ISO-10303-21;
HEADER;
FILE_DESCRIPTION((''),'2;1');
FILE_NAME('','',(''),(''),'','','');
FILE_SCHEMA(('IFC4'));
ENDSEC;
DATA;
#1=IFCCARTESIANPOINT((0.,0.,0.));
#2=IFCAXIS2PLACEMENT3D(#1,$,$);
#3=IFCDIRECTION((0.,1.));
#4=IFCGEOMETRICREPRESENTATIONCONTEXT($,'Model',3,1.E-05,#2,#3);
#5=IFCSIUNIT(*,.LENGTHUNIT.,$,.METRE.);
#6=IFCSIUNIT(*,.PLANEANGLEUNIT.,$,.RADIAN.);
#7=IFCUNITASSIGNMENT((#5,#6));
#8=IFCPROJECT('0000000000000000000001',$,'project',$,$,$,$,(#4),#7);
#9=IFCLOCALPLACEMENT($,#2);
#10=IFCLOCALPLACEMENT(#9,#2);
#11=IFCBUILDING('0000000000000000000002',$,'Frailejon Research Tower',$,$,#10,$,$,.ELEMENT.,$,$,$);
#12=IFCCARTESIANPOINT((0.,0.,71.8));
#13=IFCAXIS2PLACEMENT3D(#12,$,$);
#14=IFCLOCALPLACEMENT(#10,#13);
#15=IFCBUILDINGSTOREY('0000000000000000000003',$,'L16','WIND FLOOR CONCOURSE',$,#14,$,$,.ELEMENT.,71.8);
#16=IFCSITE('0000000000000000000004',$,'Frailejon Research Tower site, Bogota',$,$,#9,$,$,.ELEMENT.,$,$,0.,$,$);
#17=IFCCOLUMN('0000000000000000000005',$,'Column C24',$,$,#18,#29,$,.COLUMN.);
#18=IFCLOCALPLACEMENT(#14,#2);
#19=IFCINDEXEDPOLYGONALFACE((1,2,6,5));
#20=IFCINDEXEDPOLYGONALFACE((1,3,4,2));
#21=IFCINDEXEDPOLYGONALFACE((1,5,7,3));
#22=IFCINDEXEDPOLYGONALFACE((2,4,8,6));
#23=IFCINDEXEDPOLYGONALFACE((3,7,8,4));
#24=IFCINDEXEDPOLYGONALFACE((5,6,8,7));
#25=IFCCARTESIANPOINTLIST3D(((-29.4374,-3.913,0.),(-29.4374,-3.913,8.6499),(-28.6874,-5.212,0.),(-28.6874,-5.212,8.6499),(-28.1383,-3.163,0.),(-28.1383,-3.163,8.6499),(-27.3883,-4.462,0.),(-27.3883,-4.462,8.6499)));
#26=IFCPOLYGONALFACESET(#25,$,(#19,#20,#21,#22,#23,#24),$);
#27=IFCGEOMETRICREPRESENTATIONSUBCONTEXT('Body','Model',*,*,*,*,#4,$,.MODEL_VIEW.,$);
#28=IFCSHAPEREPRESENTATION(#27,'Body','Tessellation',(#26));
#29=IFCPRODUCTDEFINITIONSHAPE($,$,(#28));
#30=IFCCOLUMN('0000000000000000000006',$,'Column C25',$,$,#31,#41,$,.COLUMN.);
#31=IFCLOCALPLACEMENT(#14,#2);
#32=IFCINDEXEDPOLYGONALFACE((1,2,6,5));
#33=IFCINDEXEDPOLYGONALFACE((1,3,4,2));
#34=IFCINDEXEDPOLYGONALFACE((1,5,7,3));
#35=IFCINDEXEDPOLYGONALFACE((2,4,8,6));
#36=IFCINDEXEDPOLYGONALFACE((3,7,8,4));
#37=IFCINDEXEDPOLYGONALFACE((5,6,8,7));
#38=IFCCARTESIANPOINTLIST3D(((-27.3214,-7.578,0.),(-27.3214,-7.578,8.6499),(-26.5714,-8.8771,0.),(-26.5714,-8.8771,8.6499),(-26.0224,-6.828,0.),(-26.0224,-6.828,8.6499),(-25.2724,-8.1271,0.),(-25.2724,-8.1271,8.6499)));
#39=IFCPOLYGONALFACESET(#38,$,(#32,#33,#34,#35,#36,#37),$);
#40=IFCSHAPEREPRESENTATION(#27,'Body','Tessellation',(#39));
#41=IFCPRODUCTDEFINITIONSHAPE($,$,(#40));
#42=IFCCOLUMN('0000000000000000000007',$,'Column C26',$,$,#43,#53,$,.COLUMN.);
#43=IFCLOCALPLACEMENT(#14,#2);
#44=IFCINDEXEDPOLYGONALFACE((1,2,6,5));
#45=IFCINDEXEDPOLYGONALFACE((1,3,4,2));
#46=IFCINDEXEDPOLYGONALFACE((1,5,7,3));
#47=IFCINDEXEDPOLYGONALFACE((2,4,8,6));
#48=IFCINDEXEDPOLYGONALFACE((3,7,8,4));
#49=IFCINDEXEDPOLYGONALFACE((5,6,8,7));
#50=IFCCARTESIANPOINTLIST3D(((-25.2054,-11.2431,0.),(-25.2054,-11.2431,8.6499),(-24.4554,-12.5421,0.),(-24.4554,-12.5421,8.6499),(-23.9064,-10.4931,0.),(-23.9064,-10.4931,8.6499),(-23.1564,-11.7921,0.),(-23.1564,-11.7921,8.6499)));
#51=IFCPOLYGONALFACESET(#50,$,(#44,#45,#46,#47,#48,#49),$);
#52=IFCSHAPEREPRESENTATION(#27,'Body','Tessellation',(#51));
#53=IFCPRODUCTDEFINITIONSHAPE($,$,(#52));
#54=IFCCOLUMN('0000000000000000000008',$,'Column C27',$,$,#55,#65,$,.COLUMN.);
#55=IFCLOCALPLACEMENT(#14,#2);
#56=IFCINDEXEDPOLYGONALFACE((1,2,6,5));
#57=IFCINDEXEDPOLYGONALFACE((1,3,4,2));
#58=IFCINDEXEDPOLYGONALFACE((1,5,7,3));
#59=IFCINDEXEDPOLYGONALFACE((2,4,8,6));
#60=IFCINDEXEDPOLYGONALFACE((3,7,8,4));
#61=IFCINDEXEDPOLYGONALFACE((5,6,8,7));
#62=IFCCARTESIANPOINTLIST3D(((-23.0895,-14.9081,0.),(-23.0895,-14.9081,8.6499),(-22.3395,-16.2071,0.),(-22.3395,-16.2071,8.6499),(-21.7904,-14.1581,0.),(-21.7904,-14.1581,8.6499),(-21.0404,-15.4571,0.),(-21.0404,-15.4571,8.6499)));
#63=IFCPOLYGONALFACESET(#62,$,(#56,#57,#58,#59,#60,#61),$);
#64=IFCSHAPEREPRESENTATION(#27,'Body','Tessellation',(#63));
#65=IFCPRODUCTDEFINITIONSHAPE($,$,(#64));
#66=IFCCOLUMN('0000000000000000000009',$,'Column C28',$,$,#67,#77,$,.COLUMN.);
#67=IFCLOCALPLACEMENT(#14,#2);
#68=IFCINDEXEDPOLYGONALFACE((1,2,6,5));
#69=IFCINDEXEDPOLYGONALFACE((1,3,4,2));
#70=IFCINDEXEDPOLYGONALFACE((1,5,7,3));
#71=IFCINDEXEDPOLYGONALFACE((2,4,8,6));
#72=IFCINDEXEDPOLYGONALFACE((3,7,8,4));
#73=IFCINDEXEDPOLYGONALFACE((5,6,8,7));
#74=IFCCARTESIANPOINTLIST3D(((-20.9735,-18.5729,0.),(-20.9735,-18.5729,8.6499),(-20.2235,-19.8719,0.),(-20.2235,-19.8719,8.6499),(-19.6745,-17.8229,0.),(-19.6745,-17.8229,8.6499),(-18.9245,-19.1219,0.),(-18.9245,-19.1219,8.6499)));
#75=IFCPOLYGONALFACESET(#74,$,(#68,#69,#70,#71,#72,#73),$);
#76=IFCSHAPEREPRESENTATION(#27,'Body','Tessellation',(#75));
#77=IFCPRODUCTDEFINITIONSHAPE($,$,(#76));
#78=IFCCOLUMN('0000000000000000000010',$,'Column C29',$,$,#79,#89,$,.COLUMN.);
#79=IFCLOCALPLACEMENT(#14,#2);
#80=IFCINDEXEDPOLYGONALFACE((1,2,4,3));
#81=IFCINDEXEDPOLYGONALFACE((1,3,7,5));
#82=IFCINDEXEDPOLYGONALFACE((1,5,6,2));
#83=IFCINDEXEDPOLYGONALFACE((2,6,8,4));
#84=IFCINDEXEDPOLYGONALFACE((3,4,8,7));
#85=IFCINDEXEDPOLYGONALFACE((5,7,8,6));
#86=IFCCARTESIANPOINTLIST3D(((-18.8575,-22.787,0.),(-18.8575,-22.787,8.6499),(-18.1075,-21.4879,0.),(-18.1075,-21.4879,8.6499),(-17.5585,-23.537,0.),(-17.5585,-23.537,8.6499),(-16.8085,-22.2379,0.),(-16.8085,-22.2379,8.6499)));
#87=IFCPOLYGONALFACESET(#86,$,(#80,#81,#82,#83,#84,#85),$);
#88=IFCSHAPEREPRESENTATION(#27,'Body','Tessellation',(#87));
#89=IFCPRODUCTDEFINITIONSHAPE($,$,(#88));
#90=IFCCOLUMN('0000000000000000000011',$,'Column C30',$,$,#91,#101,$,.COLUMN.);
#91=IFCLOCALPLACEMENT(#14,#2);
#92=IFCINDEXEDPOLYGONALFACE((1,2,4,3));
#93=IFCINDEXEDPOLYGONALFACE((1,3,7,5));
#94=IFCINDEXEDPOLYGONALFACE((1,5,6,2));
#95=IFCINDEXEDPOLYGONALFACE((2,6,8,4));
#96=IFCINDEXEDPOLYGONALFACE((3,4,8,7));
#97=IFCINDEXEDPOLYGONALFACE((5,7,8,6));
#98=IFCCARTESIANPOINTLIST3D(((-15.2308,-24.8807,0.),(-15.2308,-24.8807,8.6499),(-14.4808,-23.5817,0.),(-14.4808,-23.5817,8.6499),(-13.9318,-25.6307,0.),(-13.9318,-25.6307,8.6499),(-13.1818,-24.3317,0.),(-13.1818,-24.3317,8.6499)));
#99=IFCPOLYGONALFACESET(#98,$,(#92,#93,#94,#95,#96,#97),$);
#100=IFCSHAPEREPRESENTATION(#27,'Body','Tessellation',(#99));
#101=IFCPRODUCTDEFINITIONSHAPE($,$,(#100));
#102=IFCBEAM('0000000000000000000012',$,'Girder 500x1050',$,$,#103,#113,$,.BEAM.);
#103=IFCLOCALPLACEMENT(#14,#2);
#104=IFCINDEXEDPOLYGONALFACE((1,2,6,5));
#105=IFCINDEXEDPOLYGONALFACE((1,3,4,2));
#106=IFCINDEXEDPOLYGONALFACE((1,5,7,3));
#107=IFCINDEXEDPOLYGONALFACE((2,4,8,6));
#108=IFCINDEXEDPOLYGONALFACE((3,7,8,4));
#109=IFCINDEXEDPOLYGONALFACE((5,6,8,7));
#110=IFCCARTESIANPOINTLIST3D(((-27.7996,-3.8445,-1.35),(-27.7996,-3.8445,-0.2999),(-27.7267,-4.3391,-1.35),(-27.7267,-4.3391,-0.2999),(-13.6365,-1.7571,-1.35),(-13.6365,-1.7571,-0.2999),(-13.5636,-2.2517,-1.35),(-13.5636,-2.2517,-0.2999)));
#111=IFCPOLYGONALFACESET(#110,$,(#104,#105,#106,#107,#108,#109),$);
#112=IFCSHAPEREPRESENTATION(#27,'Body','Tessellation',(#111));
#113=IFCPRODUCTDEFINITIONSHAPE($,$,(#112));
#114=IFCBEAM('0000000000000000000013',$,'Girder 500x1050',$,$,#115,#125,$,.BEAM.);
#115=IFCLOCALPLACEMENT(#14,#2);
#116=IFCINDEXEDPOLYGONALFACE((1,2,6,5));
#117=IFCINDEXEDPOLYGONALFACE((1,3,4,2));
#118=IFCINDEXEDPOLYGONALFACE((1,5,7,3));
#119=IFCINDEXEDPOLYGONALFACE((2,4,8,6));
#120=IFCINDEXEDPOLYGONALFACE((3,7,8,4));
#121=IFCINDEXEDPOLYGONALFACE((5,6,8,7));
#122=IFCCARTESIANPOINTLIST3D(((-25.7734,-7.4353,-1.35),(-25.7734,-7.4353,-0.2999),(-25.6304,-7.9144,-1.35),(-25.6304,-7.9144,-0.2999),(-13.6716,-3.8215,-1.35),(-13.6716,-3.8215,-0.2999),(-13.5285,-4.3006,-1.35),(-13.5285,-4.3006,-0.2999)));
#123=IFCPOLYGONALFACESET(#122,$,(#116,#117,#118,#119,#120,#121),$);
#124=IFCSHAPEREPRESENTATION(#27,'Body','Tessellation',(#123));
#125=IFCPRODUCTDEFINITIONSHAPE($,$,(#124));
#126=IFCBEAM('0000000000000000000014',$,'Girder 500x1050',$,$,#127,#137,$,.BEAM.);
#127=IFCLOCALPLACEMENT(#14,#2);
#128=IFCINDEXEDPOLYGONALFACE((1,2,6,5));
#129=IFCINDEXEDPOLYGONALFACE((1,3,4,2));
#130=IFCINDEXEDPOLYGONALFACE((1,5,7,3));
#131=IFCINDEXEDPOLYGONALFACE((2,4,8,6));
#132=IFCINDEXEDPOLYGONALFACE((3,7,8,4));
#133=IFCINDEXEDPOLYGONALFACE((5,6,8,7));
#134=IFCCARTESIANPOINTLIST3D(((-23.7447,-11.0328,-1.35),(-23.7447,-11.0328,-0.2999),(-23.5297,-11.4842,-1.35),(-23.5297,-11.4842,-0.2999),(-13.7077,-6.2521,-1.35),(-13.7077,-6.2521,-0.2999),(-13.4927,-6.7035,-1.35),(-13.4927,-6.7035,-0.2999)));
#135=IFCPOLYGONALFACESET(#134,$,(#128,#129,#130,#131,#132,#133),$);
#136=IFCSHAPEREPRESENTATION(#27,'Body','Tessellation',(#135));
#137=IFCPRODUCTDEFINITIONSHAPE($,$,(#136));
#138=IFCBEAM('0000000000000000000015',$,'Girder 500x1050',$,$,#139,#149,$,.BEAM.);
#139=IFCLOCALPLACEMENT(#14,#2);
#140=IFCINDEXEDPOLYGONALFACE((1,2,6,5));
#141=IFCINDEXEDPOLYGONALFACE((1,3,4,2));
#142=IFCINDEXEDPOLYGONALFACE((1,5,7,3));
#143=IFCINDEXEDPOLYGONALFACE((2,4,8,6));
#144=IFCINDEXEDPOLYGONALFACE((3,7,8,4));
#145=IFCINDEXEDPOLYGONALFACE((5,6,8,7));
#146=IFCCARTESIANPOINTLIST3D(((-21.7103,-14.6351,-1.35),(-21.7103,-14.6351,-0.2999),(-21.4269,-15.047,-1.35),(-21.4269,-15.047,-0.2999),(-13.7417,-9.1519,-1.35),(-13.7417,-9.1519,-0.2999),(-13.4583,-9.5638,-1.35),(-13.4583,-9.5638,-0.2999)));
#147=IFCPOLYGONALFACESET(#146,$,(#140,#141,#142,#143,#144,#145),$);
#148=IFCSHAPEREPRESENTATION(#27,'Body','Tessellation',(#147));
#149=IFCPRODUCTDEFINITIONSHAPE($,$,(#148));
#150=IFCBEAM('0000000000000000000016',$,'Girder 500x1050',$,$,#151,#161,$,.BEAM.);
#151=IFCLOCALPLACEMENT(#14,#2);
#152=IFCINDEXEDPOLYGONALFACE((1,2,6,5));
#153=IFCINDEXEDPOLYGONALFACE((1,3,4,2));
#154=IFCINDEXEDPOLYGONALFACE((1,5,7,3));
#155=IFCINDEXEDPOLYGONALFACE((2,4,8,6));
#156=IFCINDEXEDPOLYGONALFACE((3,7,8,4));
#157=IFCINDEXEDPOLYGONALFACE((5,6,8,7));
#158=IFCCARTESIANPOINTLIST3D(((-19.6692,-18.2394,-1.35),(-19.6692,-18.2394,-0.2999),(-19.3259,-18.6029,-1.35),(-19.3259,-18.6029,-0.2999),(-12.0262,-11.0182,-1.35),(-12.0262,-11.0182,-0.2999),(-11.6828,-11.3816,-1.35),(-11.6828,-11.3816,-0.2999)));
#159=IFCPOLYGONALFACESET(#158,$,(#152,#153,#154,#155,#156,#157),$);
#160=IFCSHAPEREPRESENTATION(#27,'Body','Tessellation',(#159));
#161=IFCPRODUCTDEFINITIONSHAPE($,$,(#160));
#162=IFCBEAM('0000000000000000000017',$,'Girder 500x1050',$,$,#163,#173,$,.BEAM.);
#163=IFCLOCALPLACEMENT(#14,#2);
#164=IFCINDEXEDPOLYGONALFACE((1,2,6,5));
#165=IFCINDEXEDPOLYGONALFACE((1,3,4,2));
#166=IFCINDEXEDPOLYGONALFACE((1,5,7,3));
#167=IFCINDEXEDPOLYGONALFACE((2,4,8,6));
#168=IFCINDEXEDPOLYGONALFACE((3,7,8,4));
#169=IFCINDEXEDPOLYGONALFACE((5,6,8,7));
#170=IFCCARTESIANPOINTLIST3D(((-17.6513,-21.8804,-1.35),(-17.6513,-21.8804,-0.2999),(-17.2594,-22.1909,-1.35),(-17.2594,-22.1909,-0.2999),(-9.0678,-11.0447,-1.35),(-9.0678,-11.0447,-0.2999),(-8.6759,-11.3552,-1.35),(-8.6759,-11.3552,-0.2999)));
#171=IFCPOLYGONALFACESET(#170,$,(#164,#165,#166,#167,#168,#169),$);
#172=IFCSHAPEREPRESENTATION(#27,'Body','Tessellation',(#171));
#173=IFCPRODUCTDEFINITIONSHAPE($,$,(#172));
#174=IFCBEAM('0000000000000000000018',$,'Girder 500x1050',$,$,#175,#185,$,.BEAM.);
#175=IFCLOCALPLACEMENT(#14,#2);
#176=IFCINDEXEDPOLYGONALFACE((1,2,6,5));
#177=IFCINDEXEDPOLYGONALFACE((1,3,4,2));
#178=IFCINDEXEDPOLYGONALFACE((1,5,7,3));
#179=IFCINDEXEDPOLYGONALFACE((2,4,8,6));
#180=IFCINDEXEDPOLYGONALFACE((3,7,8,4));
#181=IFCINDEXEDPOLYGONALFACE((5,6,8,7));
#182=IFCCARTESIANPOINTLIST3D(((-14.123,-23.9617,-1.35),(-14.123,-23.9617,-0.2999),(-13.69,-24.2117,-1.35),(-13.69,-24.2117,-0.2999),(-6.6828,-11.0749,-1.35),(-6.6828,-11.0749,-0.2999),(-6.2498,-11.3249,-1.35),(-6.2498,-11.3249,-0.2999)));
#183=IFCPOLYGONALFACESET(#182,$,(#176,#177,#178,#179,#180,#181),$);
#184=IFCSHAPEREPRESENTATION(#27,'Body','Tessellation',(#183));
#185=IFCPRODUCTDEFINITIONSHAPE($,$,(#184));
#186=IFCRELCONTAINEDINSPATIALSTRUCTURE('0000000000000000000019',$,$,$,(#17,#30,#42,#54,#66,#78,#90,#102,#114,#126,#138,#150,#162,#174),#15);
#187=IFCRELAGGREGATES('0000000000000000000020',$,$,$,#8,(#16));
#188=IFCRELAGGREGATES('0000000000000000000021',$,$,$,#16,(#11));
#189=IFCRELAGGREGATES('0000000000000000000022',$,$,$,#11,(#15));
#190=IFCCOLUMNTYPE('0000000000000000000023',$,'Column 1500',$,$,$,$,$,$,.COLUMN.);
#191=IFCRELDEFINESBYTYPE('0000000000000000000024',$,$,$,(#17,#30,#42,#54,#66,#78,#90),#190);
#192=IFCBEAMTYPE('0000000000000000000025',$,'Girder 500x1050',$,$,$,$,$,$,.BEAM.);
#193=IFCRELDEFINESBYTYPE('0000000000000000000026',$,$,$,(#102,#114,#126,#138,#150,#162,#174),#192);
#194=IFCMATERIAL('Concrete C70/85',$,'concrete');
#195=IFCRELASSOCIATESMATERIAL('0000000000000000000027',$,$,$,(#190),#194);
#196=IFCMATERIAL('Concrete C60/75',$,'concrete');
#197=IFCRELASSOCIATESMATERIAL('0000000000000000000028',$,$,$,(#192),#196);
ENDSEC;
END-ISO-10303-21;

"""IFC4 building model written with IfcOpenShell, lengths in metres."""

from ifc_helpers import new_model, si_unit, direction, frame, origin, origin_2d, place, context, subcontext, project, spatial, rectangle, extrude, material, material_profile, profile_set, type_object, element, save


model = new_model("IFC4")

# Units and contexts
model_context = context("Model", 3, precision=1e-05, world=origin(), true_north=direction((0.0, 1.0)))
body_context = subcontext(model_context, "Body", "Model", "MODEL_VIEW")
ifc_project = project(units=[si_unit("LENGTHUNIT", "METRE"), si_unit("PLANEANGLEUNIT", "RADIAN")], contexts=[model_context])

# Site, building, storey
site_placement = place(None, origin())
site = spatial("IfcSite", under=ifc_project, at=site_placement, Name="Frailejon Research Tower site, Bogota", CompositionType="ELEMENT", RefElevation=0.0)
building_placement = place(site_placement, origin())
building = spatial("IfcBuilding", under=site, at=building_placement, Name="Frailejon Research Tower", CompositionType="ELEMENT")
storey_placement = place(building_placement, frame((0.0, 0.0, 71.8)))
storey = spatial("IfcBuildingStorey", under=building, at=storey_placement, Name="L16", Description="WIND FLOOR CONCOURSE", CompositionType="ELEMENT", Elevation=71.8)

# Columns
ifc_material_1 = material(Name="Concrete C70/85", Category="concrete")
ifc_material_profile_1 = material_profile(ifc_material_1, rectangle(XDim=1.5, YDim=1.5, at=origin_2d()), Name="Column 1500")
ifc_profile_set_1 = profile_set([ifc_material_profile_1], Name="Concrete C70/85")
column_type = type_object("IfcColumnType", Name="Column 1500", PredefinedType="COLUMN", material=ifc_profile_set_1)
for number, where, z_axis, x_axis, name in (
    (1, (-28.4128, -4.1875, 0.0), (0.0, 0.0, 1.0), (0.5, -0.866025, 0.0), "Column C24"),
    (2, (-26.2969, -7.8525, 0.0), (0.0, 0.0, 1.0), (0.5, -0.866025, 0.0), "Column C25"),
    (3, (-24.1809, -11.5176, 0.0), (0.0, 0.0, 1.0), (0.5, -0.866025, 0.0), "Column C26"),
    (4, (-22.0649, -15.1826, 0.0), (0.0, 0.0, 1.0), (0.5, -0.866025, 0.0), "Column C27"),
    (5, (-19.949, -18.8474, 0.0), (0.0, 0.0, 1.0), (0.5, -0.866025, 0.0), "Column C28"),
    (6, (-17.833, -22.5125, 0.0), (0.0, 0.0, 1.0), (0.866025, -0.5, 0.0), "Column C29"),
    (7, (-14.2063, -24.6062, 0.0), (0.0, 0.0, 1.0), (0.866025, -0.5, 0.0), "Column C30"),
):
    element("IfcColumn", number, at=place(storey_placement, frame(where, z_axis=z_axis, x_axis=x_axis)), inside=storey, type_object=column_type, Name=name, PredefinedType="COLUMN", context=body_context, shape_type="SweptSolid", body=[
        extrude(rectangle(XDim=1.5, YDim=1.5, at=origin_2d()), origin(), (0.0, 0.0, 1.0), 8.6499),
    ])

# Beams
ifc_material_2 = material(Name="Concrete C60/75", Category="concrete")
ifc_material_profile_2 = material_profile(ifc_material_2, rectangle(XDim=0.5, YDim=1.05, at=origin_2d()), Name="Girder 500x1050")
ifc_profile_set_2 = profile_set([ifc_material_profile_2], Name="Concrete C60/75")
beam_type_1 = type_object("IfcBeamType", Name="Girder 500x1050", PredefinedType="BEAM", material=ifc_profile_set_2)
beam_1_placement = place(storey_placement, frame((-27.7632, -4.0918, -0.825), z_axis=(0.989313, 0.145808, 0.0), x_axis=(-0.145808, 0.989313, 0.0)))
element("IfcBeam", 8, at=beam_1_placement, inside=storey, type_object=beam_type_1, Name="Girder 500x1050", PredefinedType="BEAM", context=body_context, shape_type="SweptSolid", body=[
    extrude(rectangle(XDim=0.5, YDim=1.05, at=origin_2d()), origin(), (0.0, 0.0, 1.0), 14.3162),
])
beam_2_placement = place(storey_placement, frame((-25.7019, -7.6748, -0.825), z_axis=(0.958191, 0.286129, 0.0), x_axis=(-0.286129, 0.958191, 0.0)))
element("IfcBeam", 9, at=beam_2_placement, inside=storey, type_object=beam_type_1, Name="Girder 500x1050", PredefinedType="BEAM", context=body_context, shape_type="SweptSolid", body=[
    extrude(rectangle(XDim=0.5, YDim=1.05, at=origin_2d()), origin(), (0.0, 0.0, 1.0), 12.6299),
])
beam_3_placement = place(storey_placement, frame((-23.6372, -11.2585, -0.825), z_axis=(0.902819, 0.430021, 0.0), x_axis=(-0.430021, 0.902819, 0.0)))
element("IfcBeam", 10, at=beam_3_placement, inside=storey, type_object=beam_type_1, Name="Girder 500x1050", PredefinedType="BEAM", context=body_context, shape_type="SweptSolid", body=[
    extrude(rectangle(XDim=0.5, YDim=1.05, at=origin_2d()), origin(), (0.0, 0.0, 1.0), 11.1174),
])
beam_4_placement = place(storey_placement, frame((-21.5686, -14.8411, -0.825), z_axis=(0.82381, 0.566866, 0.0), x_axis=(-0.566866, 0.82381, 0.0)))
element("IfcBeam", 11, at=beam_4_placement, inside=storey, type_object=beam_type_1, Name="Girder 500x1050", PredefinedType="BEAM", context=body_context, shape_type="SweptSolid", body=[
    extrude(rectangle(XDim=0.5, YDim=1.05, at=origin_2d()), origin(), (0.0, 0.0, 1.0), 9.6729),
])
beam_5_placement = place(storey_placement, frame((-19.4976, -18.4211, -0.825), z_axis=(0.726883, 0.686761, 0.0), x_axis=(-0.686761, 0.726883, 0.0)))
element("IfcBeam", 12, at=beam_5_placement, inside=storey, type_object=beam_type_1, Name="Girder 500x1050", PredefinedType="BEAM", context=body_context, shape_type="SweptSolid", body=[
    extrude(rectangle(XDim=0.5, YDim=1.05, at=origin_2d()), origin(), (0.0, 0.0, 1.0), 10.5149),
])
beam_6_placement = place(storey_placement, frame((-17.4553, -22.0356, -0.825), z_axis=(0.620936, 0.783861, 0.0), x_axis=(-0.783861, 0.620936, 0.0)))
element("IfcBeam", 13, at=beam_6_placement, inside=storey, type_object=beam_type_1, Name="Girder 500x1050", PredefinedType="BEAM", context=body_context, shape_type="SweptSolid", body=[
    extrude(rectangle(XDim=0.5, YDim=1.05, at=origin_2d()), origin(), (0.0, 0.0, 1.0), 13.8235),
])
beam_7_placement = place(storey_placement, frame((-13.9065, -24.0867, -0.825), z_axis=(0.500002, 0.866024, 0.0), x_axis=(-0.866024, 0.500002, 0.0)))
element("IfcBeam", 14, at=beam_7_placement, inside=storey, type_object=beam_type_1, Name="Girder 500x1050", PredefinedType="BEAM", context=body_context, shape_type="SweptSolid", body=[
    extrude(rectangle(XDim=0.5, YDim=1.05, at=origin_2d()), origin(), (0.0, 0.0, 1.0), 14.8804),
])

save(model, "model.ifc")
